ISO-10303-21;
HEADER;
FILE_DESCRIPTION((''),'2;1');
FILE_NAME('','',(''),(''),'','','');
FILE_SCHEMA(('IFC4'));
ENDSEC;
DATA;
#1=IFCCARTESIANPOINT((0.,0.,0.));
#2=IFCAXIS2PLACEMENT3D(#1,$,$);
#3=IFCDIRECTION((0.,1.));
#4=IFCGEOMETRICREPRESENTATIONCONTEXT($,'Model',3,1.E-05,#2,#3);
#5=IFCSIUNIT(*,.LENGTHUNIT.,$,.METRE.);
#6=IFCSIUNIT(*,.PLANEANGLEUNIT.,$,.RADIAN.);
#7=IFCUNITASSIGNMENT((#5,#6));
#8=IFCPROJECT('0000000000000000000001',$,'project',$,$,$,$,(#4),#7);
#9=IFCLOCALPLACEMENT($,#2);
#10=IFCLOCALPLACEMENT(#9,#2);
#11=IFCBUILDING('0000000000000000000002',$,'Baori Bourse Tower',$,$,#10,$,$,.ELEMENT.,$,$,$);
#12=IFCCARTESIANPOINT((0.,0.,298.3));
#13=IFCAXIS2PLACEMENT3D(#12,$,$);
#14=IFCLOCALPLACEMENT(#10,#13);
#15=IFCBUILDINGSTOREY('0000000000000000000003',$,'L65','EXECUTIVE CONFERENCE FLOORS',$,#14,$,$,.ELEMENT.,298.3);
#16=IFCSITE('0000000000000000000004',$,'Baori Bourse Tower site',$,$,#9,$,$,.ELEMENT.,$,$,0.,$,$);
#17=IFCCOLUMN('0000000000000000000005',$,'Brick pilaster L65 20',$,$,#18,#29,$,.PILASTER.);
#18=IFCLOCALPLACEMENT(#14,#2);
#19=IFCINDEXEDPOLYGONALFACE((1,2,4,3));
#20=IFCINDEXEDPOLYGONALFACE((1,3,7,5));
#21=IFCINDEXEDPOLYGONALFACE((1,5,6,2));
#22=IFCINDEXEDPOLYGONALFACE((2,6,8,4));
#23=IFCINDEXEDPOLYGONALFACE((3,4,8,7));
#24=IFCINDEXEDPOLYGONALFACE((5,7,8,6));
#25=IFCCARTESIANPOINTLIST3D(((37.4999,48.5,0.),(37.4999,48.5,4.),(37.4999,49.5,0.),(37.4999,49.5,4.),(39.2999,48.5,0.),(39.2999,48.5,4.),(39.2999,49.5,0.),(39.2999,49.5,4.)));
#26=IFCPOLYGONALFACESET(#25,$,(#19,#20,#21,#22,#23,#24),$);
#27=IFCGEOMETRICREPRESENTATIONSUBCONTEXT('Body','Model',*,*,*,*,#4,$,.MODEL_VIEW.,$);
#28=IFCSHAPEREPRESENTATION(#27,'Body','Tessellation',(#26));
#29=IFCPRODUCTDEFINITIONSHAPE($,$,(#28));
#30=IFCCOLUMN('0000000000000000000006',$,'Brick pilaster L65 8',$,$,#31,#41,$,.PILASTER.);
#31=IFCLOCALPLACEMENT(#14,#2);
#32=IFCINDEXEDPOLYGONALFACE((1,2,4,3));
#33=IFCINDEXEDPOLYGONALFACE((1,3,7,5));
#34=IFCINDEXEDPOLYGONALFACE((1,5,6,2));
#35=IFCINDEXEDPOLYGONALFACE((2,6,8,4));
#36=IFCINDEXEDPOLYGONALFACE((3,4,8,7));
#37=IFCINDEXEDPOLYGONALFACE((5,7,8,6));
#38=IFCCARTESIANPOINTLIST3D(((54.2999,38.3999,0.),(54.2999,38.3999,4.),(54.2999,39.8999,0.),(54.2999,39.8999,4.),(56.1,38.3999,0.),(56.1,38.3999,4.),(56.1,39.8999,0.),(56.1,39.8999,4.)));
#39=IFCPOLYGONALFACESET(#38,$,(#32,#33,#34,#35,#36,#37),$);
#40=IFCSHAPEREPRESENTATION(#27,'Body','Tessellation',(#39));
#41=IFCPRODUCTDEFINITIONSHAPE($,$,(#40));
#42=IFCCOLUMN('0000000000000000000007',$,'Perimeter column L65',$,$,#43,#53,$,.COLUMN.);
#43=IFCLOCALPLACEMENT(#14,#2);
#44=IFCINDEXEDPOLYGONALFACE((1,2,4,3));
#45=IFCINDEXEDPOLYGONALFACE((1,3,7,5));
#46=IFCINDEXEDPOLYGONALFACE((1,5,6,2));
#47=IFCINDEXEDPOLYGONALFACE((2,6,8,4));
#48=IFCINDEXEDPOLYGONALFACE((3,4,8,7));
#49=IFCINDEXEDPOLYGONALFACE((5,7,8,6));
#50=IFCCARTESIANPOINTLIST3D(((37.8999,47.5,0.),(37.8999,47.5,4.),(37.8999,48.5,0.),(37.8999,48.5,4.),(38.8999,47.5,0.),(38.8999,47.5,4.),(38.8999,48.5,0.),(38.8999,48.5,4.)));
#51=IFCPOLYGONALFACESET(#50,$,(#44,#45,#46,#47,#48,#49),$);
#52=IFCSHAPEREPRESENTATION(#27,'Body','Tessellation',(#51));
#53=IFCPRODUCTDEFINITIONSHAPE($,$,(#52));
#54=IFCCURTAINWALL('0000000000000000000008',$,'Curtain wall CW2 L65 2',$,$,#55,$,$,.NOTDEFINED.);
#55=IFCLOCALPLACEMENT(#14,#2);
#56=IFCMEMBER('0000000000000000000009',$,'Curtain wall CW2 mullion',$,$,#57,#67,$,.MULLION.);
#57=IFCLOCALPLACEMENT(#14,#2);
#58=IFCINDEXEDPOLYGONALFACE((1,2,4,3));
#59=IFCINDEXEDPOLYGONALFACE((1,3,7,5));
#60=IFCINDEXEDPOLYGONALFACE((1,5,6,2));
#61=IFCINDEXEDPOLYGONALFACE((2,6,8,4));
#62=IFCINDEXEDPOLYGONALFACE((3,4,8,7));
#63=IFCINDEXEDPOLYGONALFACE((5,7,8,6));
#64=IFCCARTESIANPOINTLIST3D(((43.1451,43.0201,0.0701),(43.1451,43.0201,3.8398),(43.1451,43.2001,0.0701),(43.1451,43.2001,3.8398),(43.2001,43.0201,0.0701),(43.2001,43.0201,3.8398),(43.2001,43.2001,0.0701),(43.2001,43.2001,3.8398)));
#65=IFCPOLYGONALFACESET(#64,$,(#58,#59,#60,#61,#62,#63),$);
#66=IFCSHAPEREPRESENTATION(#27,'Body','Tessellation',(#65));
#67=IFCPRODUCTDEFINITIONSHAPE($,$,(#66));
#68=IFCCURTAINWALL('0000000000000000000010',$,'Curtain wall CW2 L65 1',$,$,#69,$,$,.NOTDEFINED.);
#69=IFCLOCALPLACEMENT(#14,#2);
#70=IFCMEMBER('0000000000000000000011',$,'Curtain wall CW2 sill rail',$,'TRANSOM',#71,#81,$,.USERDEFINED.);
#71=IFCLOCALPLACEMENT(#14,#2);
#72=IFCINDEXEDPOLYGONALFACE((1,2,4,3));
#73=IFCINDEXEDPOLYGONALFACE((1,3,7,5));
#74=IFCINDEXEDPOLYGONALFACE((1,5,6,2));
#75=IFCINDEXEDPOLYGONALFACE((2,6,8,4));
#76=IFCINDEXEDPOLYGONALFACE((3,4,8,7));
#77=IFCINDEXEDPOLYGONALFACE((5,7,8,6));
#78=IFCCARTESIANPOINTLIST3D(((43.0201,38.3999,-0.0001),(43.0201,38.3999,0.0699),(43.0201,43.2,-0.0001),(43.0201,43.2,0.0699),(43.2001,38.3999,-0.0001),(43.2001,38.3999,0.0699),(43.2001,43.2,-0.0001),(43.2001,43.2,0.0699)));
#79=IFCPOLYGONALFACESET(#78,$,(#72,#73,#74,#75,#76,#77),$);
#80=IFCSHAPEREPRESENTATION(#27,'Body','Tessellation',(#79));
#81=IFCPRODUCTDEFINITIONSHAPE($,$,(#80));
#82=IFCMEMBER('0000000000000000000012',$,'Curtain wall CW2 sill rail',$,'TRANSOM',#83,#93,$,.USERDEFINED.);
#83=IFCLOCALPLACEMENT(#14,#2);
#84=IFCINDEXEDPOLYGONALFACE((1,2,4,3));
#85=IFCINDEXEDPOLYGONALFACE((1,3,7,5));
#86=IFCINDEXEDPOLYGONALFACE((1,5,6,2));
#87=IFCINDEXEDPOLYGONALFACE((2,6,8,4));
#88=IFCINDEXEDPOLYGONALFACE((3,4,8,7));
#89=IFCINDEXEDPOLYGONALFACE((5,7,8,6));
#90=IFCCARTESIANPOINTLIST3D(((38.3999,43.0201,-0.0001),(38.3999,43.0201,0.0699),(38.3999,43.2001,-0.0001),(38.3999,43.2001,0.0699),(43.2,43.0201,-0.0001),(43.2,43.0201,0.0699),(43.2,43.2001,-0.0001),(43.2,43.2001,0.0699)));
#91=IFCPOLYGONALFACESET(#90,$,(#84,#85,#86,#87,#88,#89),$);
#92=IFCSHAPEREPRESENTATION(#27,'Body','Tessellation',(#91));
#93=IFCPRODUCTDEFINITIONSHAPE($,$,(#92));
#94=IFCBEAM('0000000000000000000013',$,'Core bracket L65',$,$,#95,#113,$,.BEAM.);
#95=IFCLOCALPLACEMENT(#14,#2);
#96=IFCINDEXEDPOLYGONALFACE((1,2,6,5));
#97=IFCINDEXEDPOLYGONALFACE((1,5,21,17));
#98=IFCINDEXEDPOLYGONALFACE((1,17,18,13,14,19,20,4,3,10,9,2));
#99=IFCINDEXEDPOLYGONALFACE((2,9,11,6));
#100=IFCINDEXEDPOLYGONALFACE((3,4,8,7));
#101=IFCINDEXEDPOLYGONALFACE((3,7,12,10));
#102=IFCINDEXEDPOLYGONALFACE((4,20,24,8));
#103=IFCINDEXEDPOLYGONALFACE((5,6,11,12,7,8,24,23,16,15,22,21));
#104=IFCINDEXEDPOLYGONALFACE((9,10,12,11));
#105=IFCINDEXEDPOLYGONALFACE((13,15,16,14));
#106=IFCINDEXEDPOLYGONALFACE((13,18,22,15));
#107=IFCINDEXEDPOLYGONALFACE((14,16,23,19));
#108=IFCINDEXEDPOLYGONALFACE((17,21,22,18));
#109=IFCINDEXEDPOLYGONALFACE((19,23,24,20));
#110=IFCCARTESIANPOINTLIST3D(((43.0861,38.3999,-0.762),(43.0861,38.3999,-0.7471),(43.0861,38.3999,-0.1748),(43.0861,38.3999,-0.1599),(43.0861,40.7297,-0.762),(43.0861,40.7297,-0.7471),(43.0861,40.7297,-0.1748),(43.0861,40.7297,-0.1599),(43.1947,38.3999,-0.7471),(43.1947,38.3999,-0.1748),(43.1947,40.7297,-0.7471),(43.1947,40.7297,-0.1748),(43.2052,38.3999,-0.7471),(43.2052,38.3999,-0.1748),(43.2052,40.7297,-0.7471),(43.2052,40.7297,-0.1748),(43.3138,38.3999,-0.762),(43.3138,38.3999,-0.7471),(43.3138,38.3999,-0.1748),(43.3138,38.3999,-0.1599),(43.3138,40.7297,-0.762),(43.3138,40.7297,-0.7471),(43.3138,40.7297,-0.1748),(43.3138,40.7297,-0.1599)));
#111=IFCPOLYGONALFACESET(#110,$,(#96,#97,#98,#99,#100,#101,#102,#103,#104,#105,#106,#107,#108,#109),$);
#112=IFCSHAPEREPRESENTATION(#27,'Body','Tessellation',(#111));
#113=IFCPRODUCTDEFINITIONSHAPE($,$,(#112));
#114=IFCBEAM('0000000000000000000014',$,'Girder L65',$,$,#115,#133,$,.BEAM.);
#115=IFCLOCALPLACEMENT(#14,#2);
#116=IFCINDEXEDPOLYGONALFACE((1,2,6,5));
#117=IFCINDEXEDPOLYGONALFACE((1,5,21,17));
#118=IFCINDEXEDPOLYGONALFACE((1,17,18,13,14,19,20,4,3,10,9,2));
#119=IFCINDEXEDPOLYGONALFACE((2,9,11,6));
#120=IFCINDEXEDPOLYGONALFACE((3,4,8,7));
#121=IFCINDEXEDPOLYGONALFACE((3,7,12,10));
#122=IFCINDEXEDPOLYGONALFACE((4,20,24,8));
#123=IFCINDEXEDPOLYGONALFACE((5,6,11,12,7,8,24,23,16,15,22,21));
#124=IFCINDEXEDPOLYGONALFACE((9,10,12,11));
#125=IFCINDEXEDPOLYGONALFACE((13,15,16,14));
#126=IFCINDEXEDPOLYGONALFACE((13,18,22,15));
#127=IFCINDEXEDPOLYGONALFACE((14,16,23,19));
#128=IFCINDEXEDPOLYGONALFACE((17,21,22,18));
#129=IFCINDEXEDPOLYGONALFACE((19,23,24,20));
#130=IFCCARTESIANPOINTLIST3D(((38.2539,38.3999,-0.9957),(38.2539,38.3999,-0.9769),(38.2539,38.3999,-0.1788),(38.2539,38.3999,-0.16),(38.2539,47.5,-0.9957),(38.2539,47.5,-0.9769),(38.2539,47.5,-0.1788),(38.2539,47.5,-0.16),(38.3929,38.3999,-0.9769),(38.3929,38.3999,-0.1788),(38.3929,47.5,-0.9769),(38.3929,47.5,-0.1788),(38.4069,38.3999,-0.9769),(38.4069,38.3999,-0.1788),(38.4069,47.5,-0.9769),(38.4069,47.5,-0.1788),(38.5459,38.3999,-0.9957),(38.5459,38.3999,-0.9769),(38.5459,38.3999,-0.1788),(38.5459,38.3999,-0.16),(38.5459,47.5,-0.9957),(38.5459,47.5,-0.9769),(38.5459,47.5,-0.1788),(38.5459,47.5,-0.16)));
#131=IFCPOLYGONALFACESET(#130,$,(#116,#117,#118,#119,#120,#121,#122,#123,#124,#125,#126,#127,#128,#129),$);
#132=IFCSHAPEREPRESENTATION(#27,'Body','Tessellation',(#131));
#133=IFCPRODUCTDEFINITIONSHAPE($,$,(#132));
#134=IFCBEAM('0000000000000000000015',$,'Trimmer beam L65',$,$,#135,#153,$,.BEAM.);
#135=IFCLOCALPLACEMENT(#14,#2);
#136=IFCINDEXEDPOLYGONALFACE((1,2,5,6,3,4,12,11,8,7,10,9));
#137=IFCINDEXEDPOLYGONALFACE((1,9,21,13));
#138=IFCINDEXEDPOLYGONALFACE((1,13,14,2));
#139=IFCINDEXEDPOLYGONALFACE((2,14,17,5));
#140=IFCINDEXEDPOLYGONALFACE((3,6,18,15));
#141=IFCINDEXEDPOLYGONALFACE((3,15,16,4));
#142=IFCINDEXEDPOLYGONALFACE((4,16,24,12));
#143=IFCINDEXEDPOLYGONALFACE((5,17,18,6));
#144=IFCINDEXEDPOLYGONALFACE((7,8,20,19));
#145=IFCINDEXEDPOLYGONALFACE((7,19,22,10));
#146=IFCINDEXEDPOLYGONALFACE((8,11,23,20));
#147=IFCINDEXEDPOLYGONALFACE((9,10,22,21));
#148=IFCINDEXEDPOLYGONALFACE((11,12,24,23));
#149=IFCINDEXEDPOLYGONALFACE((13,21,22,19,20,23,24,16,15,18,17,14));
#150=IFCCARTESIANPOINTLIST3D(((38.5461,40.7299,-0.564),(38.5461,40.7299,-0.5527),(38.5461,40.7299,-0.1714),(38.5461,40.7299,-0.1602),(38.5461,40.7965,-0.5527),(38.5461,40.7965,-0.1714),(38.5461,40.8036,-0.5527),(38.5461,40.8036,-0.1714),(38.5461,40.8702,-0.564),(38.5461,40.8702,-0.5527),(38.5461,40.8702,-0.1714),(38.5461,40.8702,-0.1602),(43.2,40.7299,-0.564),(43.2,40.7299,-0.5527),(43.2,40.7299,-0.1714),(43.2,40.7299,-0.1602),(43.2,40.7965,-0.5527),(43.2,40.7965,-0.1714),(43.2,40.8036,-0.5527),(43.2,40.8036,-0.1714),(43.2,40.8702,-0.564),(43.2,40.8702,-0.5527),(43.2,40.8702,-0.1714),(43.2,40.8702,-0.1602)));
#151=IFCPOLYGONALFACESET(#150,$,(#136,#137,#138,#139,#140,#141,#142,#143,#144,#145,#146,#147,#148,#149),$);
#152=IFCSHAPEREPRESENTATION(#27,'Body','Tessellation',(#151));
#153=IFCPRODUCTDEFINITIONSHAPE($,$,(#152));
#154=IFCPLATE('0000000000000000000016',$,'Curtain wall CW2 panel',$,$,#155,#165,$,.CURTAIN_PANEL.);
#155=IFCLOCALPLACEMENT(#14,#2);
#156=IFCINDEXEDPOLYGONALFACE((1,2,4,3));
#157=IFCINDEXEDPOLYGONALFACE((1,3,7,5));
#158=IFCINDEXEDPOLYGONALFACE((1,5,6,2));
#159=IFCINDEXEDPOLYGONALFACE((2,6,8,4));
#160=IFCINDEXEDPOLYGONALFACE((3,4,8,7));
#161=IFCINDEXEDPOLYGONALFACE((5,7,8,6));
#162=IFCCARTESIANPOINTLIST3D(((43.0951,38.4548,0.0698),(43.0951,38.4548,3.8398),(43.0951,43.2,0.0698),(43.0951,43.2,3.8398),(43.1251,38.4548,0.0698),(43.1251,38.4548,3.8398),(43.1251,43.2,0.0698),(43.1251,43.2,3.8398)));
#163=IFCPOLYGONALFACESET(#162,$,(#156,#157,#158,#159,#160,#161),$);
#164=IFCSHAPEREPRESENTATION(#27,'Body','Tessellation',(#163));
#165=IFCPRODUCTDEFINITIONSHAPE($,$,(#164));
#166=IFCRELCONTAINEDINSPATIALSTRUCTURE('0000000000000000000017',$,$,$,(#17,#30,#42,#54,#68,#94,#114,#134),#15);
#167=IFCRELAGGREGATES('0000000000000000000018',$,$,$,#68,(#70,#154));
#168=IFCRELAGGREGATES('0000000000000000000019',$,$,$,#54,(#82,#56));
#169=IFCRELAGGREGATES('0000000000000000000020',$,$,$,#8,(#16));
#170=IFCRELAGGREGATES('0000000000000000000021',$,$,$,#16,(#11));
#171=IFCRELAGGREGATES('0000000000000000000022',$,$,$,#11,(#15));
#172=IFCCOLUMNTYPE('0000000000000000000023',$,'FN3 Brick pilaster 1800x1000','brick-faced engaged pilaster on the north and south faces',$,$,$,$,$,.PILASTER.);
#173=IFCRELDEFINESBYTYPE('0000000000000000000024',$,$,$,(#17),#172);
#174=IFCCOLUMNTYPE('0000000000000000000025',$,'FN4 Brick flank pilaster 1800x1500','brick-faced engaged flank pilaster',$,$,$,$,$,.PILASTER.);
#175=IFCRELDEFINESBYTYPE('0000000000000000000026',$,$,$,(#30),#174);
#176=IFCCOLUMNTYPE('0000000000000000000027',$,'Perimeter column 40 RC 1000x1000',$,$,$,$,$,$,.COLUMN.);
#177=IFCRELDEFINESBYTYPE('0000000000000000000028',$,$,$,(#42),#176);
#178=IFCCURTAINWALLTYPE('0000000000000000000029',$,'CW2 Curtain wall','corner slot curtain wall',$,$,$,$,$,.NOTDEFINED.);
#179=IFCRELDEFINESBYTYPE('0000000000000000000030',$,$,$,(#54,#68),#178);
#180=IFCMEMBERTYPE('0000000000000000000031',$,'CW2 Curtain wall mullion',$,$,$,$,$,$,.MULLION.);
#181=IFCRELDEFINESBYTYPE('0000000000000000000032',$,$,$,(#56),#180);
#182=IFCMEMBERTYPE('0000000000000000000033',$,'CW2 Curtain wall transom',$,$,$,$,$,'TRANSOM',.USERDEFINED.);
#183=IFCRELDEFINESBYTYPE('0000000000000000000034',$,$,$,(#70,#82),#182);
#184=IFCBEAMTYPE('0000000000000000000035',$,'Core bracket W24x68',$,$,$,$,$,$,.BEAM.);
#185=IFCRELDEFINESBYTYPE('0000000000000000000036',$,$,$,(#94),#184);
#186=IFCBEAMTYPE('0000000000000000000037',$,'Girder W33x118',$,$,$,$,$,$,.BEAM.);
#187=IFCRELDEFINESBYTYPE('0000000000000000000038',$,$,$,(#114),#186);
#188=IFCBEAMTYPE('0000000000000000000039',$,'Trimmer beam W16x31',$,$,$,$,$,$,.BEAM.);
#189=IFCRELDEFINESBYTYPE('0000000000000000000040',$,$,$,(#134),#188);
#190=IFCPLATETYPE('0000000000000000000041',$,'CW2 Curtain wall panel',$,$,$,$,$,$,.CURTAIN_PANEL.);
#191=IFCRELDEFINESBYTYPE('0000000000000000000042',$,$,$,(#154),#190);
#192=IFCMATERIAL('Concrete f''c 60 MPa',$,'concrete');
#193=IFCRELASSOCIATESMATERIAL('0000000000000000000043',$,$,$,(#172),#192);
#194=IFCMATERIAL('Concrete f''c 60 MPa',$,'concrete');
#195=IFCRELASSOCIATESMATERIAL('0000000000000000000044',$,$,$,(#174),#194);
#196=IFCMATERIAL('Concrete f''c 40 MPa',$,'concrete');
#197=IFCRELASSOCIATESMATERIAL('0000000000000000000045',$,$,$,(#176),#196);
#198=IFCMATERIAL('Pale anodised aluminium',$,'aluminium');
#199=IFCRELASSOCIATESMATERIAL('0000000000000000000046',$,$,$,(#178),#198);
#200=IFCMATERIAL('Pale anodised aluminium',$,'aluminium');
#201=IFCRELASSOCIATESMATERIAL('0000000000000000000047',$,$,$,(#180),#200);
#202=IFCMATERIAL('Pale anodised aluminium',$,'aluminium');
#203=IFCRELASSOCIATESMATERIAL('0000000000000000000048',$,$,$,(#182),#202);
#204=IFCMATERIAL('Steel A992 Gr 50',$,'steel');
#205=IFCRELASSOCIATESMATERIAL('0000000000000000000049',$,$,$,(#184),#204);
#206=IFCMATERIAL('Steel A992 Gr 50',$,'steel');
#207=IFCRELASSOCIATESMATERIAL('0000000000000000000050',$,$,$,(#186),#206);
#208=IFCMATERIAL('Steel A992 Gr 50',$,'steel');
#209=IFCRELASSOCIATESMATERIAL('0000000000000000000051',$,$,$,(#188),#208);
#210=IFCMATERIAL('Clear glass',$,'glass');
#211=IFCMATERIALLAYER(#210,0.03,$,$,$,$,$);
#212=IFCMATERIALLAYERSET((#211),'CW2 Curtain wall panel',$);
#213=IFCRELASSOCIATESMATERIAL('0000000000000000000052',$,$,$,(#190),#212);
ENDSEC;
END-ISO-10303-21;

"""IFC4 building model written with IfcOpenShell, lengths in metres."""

from ifc_helpers import new_model, si_unit, direction, frame, origin, origin_2d, place, context, subcontext, project, spatial, rectangle, i_section, extrude, material, layer, layer_set, material_profile, profile_set, type_object, element, aggregate, save


model = new_model("IFC4")

# Units and contexts
model_context = context("Model", 3, precision=1e-05, world=origin(), true_north=direction((0.0, 1.0)))
body_context = subcontext(model_context, "Body", "Model", "MODEL_VIEW")
ifc_project = project(units=[si_unit("LENGTHUNIT", "METRE"), si_unit("PLANEANGLEUNIT", "RADIAN")], contexts=[model_context])

# Site, building, storey
site_placement = place(None, origin())
site = spatial("IfcSite", under=ifc_project, at=site_placement, Name="Baori Bourse Tower site", CompositionType="ELEMENT", RefElevation=0.0)
building_placement = place(site_placement, origin())
building = spatial("IfcBuilding", under=site, at=building_placement, Name="Baori Bourse Tower", CompositionType="ELEMENT")
storey_placement = place(building_placement, frame((0.0, 0.0, 298.3)))
storey = spatial("IfcBuildingStorey", under=building, at=storey_placement, Name="L65", Description="EXECUTIVE CONFERENCE FLOORS", CompositionType="ELEMENT", Elevation=298.3)

# Columns
ifc_material_1 = material(Name="Concrete f'c 60 MPa", Category="concrete")
ifc_material_profile_1 = material_profile(ifc_material_1, rectangle(XDim=1.8, YDim=1.0, at=origin_2d()), Name="RC 1800x1000")
ifc_profile_set_1 = profile_set([ifc_material_profile_1], Name="Concrete f'c 60 MPa")
column_type_1 = type_object("IfcColumnType", Name="FN3 Brick pilaster 1800x1000", Description="brick-faced engaged pilaster on the north and south faces", PredefinedType="PILASTER", material=ifc_profile_set_1)
column_1_placement = place(storey_placement, frame((38.3999, 49.0, 0.0), z_axis=(0.0, 0.0, 1.0), x_axis=(1.0, 0.0, 0.0)))
element("IfcColumn", 1, at=column_1_placement, inside=storey, type_object=column_type_1, Name="Brick pilaster L65 20", PredefinedType="PILASTER", context=body_context, shape_type="SweptSolid", body=[
    extrude(rectangle(XDim=1.8, YDim=1.0, at=origin_2d()), origin(), (0.0, 0.0, 1.0), 4.0),
])
ifc_material_2 = material(Name="Concrete f'c 60 MPa", Category="concrete")
ifc_material_profile_2 = material_profile(ifc_material_2, rectangle(XDim=1.8, YDim=1.5, at=origin_2d()), Name="RC 1800x1500")
ifc_profile_set_2 = profile_set([ifc_material_profile_2], Name="Concrete f'c 60 MPa")
column_type_2 = type_object("IfcColumnType", Name="FN4 Brick flank pilaster 1800x1500", Description="brick-faced engaged flank pilaster", PredefinedType="PILASTER", material=ifc_profile_set_2)
column_2_placement = place(storey_placement, frame((55.2, 39.1499, 0.0), z_axis=(0.0, 0.0, 1.0), x_axis=(1.0, 0.0, 0.0)))
element("IfcColumn", 2, at=column_2_placement, inside=storey, type_object=column_type_2, Name="Brick pilaster L65 8", PredefinedType="PILASTER", context=body_context, shape_type="SweptSolid", body=[
    extrude(rectangle(XDim=1.8, YDim=1.5, at=origin_2d()), origin(), (0.0, 0.0, 1.0), 4.0),
])
ifc_material_3 = material(Name="Concrete f'c 40 MPa", Category="concrete")
ifc_material_profile_3 = material_profile(ifc_material_3, rectangle(XDim=1.0, YDim=1.0, at=origin_2d()), Name="RC 1000x1000")
ifc_profile_set_3 = profile_set([ifc_material_profile_3], Name="Concrete f'c 40 MPa")
column_type_3 = type_object("IfcColumnType", Name="Perimeter column 40 RC 1000x1000", PredefinedType="COLUMN", material=ifc_profile_set_3)
column_3_placement = place(storey_placement, frame((38.3999, 48.0, 0.0), z_axis=(0.0, 0.0, 1.0), x_axis=(1.0, 0.0, 0.0)))
element("IfcColumn", 3, at=column_3_placement, inside=storey, type_object=column_type_3, Name="Perimeter column L65", PredefinedType="COLUMN", context=body_context, shape_type="SweptSolid", body=[
    extrude(rectangle(XDim=1.0, YDim=1.0, at=origin_2d()), origin(), (0.0, 0.0, 1.0), 4.0),
])

# Curtain walls, members
ifc_material_4 = material(Name="Pale anodised aluminium", Category="aluminium")
curtain_wall_type = type_object("IfcCurtainWallType", Name="CW2 Curtain wall", Description="corner slot curtain wall", PredefinedType="NOTDEFINED", material=ifc_material_4)
curtain_wall_1_placement = place(storey_placement, origin())
curtain_wall_1 = element("IfcCurtainWall", 4, at=curtain_wall_1_placement, inside=storey, type_object=curtain_wall_type, Name="Curtain wall CW2 L65 2", PredefinedType="NOTDEFINED")
ifc_material_5 = material(Name="Pale anodised aluminium", Category="aluminium")
ifc_material_profile_4 = material_profile(ifc_material_5, rectangle(XDim=0.1799, YDim=0.0549, at=origin_2d()), Name="Mullion 55x180")
ifc_profile_set_4 = profile_set([ifc_material_profile_4], Name="Pale anodised aluminium")
member_type_1 = type_object("IfcMemberType", Name="CW2 Curtain wall mullion", PredefinedType="MULLION", material=ifc_profile_set_4)
member_1_placement = place(storey_placement, frame((43.1726, 43.1101, 0.0701), z_axis=(0.0, 0.0, 1.0), x_axis=(0.0, -1.0, 0.0)))
member_1 = element("IfcMember", 5, at=member_1_placement, type_object=member_type_1, Name="Curtain wall CW2 mullion", PredefinedType="MULLION", context=body_context, shape_type="SweptSolid", body=[
    extrude(rectangle(XDim=0.1799, YDim=0.0549, at=origin_2d()), origin(), (0.0, 0.0, 1.0), 3.7698),
])
curtain_wall_2_placement = place(storey_placement, origin())
curtain_wall_2 = element("IfcCurtainWall", 6, at=curtain_wall_2_placement, inside=storey, type_object=curtain_wall_type, Name="Curtain wall CW2 L65 1", PredefinedType="NOTDEFINED")
ifc_material_6 = material(Name="Pale anodised aluminium", Category="aluminium")
ifc_material_profile_5 = material_profile(ifc_material_6, rectangle(XDim=0.1799, YDim=0.0701, at=origin_2d()), Name="Transom 70x180")
ifc_profile_set_5 = profile_set([ifc_material_profile_5], Name="Pale anodised aluminium")
member_type_2 = type_object("IfcMemberType", Name="CW2 Curtain wall transom", ElementType="TRANSOM", PredefinedType="USERDEFINED", material=ifc_profile_set_5)
member_2_placement = place(storey_placement, frame((43.1101, 38.3999, 0.0349), z_axis=(0.0, 1.0, 0.0), x_axis=(-1.0, 0.0, 0.0)))
member_2 = element("IfcMember", 7, at=member_2_placement, type_object=member_type_2, Name="Curtain wall CW2 sill rail", ObjectType="TRANSOM", PredefinedType="USERDEFINED", context=body_context, shape_type="SweptSolid", body=[
    extrude(rectangle(XDim=0.1799, YDim=0.0701, at=origin_2d()), origin(), (0.0, 0.0, 1.0), 4.8),
])

# Member
member_3_placement = place(storey_placement, frame((43.2, 43.1101, 0.0349), z_axis=(-1.0, 0.0, 0.0), x_axis=(0.0, -1.0, 0.0)))
member_3 = element("IfcMember", 8, at=member_3_placement, type_object=member_type_2, Name="Curtain wall CW2 sill rail", ObjectType="TRANSOM", PredefinedType="USERDEFINED", context=body_context, shape_type="SweptSolid", body=[
    extrude(rectangle(XDim=0.1799, YDim=0.0701, at=origin_2d()), origin(), (0.0, 0.0, 1.0), 4.8),
])

# Beams
ifc_material_7 = material(Name="Steel A992 Gr 50", Category="steel")
ifc_material_profile_6 = material_profile(ifc_material_7, i_section(OverallWidth=0.2278, OverallDepth=0.6021, WebThickness=0.0105, FlangeThickness=0.0149, at=origin_2d()), Name="W24x68")
ifc_profile_set_6 = profile_set([ifc_material_profile_6], Name="Steel A992 Gr 50")
beam_type_1 = type_object("IfcBeamType", Name="Core bracket W24x68", PredefinedType="BEAM", material=ifc_profile_set_6)
beam_1_placement = place(storey_placement, frame((43.2, 38.3999, -0.4609), z_axis=(0.0, 1.0, 0.0), x_axis=(-1.0, 0.0, 0.0)))
element("IfcBeam", 9, at=beam_1_placement, inside=storey, type_object=beam_type_1, Name="Core bracket L65", PredefinedType="BEAM", context=body_context, shape_type="SweptSolid", body=[
    extrude(i_section(OverallWidth=0.2278, OverallDepth=0.6021, WebThickness=0.0105, FlangeThickness=0.0149, at=origin_2d()), origin(), (0.0, 0.0, 1.0), 2.3298),
])
ifc_material_8 = material(Name="Steel A992 Gr 50", Category="steel")
ifc_material_profile_7 = material_profile(ifc_material_8, i_section(OverallWidth=0.292, OverallDepth=0.8357, WebThickness=0.0139, FlangeThickness=0.0188, at=origin_2d()), Name="W33x118")
ifc_profile_set_7 = profile_set([ifc_material_profile_7], Name="Steel A992 Gr 50")
beam_type_2 = type_object("IfcBeamType", Name="Girder W33x118", PredefinedType="BEAM", material=ifc_profile_set_7)
beam_2_placement = place(storey_placement, frame((38.3999, 38.3999, -0.5779), z_axis=(0.0, 1.0, 0.0), x_axis=(-1.0, 0.0, 0.0)))
element("IfcBeam", 10, at=beam_2_placement, inside=storey, type_object=beam_type_2, Name="Girder L65", PredefinedType="BEAM", context=body_context, shape_type="SweptSolid", body=[
    extrude(i_section(OverallWidth=0.292, OverallDepth=0.8357, WebThickness=0.0139, FlangeThickness=0.0188, at=origin_2d()), origin(), (0.0, 0.0, 1.0), 9.1001),
])
ifc_material_9 = material(Name="Steel A992 Gr 50", Category="steel")
ifc_material_profile_8 = material_profile(ifc_material_9, i_section(OverallWidth=0.1404, OverallDepth=0.4038, WebThickness=0.0071, FlangeThickness=0.0112, at=origin_2d()), Name="W16x31")
ifc_profile_set_8 = profile_set([ifc_material_profile_8], Name="Steel A992 Gr 50")
beam_type_3 = type_object("IfcBeamType", Name="Trimmer beam W16x31", PredefinedType="BEAM", material=ifc_profile_set_8)
beam_3_placement = place(storey_placement, frame((38.5461, 40.8, -0.3621), z_axis=(1.0, 0.0, 0.0), x_axis=(0.0, 1.0, 0.0)))
element("IfcBeam", 11, at=beam_3_placement, inside=storey, type_object=beam_type_3, Name="Trimmer beam L65", PredefinedType="BEAM", context=body_context, shape_type="SweptSolid", body=[
    extrude(i_section(OverallWidth=0.1404, OverallDepth=0.4038, WebThickness=0.0071, FlangeThickness=0.0112, at=origin_2d()), origin(), (0.0, 0.0, 1.0), 4.6538),
])

# Plate
ifc_material_10 = material(Name="Clear glass", Category="glass")
ifc_layer_1 = layer(ifc_material_10, 0.03)
ifc_layer_set_1 = layer_set([ifc_layer_1], Name="CW2 Curtain wall panel")
plate_type = type_object("IfcPlateType", Name="CW2 Curtain wall panel", PredefinedType="CURTAIN_PANEL", material=ifc_layer_set_1)
plate_1_placement = place(storey_placement, frame((43.1101, 40.8274, 0.0698), z_axis=(0.0, 0.0, 1.0), x_axis=(0.0, 1.0, 0.0)))
plate_1 = element("IfcPlate", 12, at=plate_1_placement, type_object=plate_type, Name="Curtain wall CW2 panel", PredefinedType="CURTAIN_PANEL", context=body_context, shape_type="SweptSolid", body=[
    extrude(rectangle(XDim=4.7451, YDim=0.03, at=origin_2d()), origin(), (0.0, 0.0, 1.0), 3.77),
])
aggregate(curtain_wall_2, [member_2, plate_1])
aggregate(curtain_wall_1, [member_3, member_1])

save(model, "model.ifc")
